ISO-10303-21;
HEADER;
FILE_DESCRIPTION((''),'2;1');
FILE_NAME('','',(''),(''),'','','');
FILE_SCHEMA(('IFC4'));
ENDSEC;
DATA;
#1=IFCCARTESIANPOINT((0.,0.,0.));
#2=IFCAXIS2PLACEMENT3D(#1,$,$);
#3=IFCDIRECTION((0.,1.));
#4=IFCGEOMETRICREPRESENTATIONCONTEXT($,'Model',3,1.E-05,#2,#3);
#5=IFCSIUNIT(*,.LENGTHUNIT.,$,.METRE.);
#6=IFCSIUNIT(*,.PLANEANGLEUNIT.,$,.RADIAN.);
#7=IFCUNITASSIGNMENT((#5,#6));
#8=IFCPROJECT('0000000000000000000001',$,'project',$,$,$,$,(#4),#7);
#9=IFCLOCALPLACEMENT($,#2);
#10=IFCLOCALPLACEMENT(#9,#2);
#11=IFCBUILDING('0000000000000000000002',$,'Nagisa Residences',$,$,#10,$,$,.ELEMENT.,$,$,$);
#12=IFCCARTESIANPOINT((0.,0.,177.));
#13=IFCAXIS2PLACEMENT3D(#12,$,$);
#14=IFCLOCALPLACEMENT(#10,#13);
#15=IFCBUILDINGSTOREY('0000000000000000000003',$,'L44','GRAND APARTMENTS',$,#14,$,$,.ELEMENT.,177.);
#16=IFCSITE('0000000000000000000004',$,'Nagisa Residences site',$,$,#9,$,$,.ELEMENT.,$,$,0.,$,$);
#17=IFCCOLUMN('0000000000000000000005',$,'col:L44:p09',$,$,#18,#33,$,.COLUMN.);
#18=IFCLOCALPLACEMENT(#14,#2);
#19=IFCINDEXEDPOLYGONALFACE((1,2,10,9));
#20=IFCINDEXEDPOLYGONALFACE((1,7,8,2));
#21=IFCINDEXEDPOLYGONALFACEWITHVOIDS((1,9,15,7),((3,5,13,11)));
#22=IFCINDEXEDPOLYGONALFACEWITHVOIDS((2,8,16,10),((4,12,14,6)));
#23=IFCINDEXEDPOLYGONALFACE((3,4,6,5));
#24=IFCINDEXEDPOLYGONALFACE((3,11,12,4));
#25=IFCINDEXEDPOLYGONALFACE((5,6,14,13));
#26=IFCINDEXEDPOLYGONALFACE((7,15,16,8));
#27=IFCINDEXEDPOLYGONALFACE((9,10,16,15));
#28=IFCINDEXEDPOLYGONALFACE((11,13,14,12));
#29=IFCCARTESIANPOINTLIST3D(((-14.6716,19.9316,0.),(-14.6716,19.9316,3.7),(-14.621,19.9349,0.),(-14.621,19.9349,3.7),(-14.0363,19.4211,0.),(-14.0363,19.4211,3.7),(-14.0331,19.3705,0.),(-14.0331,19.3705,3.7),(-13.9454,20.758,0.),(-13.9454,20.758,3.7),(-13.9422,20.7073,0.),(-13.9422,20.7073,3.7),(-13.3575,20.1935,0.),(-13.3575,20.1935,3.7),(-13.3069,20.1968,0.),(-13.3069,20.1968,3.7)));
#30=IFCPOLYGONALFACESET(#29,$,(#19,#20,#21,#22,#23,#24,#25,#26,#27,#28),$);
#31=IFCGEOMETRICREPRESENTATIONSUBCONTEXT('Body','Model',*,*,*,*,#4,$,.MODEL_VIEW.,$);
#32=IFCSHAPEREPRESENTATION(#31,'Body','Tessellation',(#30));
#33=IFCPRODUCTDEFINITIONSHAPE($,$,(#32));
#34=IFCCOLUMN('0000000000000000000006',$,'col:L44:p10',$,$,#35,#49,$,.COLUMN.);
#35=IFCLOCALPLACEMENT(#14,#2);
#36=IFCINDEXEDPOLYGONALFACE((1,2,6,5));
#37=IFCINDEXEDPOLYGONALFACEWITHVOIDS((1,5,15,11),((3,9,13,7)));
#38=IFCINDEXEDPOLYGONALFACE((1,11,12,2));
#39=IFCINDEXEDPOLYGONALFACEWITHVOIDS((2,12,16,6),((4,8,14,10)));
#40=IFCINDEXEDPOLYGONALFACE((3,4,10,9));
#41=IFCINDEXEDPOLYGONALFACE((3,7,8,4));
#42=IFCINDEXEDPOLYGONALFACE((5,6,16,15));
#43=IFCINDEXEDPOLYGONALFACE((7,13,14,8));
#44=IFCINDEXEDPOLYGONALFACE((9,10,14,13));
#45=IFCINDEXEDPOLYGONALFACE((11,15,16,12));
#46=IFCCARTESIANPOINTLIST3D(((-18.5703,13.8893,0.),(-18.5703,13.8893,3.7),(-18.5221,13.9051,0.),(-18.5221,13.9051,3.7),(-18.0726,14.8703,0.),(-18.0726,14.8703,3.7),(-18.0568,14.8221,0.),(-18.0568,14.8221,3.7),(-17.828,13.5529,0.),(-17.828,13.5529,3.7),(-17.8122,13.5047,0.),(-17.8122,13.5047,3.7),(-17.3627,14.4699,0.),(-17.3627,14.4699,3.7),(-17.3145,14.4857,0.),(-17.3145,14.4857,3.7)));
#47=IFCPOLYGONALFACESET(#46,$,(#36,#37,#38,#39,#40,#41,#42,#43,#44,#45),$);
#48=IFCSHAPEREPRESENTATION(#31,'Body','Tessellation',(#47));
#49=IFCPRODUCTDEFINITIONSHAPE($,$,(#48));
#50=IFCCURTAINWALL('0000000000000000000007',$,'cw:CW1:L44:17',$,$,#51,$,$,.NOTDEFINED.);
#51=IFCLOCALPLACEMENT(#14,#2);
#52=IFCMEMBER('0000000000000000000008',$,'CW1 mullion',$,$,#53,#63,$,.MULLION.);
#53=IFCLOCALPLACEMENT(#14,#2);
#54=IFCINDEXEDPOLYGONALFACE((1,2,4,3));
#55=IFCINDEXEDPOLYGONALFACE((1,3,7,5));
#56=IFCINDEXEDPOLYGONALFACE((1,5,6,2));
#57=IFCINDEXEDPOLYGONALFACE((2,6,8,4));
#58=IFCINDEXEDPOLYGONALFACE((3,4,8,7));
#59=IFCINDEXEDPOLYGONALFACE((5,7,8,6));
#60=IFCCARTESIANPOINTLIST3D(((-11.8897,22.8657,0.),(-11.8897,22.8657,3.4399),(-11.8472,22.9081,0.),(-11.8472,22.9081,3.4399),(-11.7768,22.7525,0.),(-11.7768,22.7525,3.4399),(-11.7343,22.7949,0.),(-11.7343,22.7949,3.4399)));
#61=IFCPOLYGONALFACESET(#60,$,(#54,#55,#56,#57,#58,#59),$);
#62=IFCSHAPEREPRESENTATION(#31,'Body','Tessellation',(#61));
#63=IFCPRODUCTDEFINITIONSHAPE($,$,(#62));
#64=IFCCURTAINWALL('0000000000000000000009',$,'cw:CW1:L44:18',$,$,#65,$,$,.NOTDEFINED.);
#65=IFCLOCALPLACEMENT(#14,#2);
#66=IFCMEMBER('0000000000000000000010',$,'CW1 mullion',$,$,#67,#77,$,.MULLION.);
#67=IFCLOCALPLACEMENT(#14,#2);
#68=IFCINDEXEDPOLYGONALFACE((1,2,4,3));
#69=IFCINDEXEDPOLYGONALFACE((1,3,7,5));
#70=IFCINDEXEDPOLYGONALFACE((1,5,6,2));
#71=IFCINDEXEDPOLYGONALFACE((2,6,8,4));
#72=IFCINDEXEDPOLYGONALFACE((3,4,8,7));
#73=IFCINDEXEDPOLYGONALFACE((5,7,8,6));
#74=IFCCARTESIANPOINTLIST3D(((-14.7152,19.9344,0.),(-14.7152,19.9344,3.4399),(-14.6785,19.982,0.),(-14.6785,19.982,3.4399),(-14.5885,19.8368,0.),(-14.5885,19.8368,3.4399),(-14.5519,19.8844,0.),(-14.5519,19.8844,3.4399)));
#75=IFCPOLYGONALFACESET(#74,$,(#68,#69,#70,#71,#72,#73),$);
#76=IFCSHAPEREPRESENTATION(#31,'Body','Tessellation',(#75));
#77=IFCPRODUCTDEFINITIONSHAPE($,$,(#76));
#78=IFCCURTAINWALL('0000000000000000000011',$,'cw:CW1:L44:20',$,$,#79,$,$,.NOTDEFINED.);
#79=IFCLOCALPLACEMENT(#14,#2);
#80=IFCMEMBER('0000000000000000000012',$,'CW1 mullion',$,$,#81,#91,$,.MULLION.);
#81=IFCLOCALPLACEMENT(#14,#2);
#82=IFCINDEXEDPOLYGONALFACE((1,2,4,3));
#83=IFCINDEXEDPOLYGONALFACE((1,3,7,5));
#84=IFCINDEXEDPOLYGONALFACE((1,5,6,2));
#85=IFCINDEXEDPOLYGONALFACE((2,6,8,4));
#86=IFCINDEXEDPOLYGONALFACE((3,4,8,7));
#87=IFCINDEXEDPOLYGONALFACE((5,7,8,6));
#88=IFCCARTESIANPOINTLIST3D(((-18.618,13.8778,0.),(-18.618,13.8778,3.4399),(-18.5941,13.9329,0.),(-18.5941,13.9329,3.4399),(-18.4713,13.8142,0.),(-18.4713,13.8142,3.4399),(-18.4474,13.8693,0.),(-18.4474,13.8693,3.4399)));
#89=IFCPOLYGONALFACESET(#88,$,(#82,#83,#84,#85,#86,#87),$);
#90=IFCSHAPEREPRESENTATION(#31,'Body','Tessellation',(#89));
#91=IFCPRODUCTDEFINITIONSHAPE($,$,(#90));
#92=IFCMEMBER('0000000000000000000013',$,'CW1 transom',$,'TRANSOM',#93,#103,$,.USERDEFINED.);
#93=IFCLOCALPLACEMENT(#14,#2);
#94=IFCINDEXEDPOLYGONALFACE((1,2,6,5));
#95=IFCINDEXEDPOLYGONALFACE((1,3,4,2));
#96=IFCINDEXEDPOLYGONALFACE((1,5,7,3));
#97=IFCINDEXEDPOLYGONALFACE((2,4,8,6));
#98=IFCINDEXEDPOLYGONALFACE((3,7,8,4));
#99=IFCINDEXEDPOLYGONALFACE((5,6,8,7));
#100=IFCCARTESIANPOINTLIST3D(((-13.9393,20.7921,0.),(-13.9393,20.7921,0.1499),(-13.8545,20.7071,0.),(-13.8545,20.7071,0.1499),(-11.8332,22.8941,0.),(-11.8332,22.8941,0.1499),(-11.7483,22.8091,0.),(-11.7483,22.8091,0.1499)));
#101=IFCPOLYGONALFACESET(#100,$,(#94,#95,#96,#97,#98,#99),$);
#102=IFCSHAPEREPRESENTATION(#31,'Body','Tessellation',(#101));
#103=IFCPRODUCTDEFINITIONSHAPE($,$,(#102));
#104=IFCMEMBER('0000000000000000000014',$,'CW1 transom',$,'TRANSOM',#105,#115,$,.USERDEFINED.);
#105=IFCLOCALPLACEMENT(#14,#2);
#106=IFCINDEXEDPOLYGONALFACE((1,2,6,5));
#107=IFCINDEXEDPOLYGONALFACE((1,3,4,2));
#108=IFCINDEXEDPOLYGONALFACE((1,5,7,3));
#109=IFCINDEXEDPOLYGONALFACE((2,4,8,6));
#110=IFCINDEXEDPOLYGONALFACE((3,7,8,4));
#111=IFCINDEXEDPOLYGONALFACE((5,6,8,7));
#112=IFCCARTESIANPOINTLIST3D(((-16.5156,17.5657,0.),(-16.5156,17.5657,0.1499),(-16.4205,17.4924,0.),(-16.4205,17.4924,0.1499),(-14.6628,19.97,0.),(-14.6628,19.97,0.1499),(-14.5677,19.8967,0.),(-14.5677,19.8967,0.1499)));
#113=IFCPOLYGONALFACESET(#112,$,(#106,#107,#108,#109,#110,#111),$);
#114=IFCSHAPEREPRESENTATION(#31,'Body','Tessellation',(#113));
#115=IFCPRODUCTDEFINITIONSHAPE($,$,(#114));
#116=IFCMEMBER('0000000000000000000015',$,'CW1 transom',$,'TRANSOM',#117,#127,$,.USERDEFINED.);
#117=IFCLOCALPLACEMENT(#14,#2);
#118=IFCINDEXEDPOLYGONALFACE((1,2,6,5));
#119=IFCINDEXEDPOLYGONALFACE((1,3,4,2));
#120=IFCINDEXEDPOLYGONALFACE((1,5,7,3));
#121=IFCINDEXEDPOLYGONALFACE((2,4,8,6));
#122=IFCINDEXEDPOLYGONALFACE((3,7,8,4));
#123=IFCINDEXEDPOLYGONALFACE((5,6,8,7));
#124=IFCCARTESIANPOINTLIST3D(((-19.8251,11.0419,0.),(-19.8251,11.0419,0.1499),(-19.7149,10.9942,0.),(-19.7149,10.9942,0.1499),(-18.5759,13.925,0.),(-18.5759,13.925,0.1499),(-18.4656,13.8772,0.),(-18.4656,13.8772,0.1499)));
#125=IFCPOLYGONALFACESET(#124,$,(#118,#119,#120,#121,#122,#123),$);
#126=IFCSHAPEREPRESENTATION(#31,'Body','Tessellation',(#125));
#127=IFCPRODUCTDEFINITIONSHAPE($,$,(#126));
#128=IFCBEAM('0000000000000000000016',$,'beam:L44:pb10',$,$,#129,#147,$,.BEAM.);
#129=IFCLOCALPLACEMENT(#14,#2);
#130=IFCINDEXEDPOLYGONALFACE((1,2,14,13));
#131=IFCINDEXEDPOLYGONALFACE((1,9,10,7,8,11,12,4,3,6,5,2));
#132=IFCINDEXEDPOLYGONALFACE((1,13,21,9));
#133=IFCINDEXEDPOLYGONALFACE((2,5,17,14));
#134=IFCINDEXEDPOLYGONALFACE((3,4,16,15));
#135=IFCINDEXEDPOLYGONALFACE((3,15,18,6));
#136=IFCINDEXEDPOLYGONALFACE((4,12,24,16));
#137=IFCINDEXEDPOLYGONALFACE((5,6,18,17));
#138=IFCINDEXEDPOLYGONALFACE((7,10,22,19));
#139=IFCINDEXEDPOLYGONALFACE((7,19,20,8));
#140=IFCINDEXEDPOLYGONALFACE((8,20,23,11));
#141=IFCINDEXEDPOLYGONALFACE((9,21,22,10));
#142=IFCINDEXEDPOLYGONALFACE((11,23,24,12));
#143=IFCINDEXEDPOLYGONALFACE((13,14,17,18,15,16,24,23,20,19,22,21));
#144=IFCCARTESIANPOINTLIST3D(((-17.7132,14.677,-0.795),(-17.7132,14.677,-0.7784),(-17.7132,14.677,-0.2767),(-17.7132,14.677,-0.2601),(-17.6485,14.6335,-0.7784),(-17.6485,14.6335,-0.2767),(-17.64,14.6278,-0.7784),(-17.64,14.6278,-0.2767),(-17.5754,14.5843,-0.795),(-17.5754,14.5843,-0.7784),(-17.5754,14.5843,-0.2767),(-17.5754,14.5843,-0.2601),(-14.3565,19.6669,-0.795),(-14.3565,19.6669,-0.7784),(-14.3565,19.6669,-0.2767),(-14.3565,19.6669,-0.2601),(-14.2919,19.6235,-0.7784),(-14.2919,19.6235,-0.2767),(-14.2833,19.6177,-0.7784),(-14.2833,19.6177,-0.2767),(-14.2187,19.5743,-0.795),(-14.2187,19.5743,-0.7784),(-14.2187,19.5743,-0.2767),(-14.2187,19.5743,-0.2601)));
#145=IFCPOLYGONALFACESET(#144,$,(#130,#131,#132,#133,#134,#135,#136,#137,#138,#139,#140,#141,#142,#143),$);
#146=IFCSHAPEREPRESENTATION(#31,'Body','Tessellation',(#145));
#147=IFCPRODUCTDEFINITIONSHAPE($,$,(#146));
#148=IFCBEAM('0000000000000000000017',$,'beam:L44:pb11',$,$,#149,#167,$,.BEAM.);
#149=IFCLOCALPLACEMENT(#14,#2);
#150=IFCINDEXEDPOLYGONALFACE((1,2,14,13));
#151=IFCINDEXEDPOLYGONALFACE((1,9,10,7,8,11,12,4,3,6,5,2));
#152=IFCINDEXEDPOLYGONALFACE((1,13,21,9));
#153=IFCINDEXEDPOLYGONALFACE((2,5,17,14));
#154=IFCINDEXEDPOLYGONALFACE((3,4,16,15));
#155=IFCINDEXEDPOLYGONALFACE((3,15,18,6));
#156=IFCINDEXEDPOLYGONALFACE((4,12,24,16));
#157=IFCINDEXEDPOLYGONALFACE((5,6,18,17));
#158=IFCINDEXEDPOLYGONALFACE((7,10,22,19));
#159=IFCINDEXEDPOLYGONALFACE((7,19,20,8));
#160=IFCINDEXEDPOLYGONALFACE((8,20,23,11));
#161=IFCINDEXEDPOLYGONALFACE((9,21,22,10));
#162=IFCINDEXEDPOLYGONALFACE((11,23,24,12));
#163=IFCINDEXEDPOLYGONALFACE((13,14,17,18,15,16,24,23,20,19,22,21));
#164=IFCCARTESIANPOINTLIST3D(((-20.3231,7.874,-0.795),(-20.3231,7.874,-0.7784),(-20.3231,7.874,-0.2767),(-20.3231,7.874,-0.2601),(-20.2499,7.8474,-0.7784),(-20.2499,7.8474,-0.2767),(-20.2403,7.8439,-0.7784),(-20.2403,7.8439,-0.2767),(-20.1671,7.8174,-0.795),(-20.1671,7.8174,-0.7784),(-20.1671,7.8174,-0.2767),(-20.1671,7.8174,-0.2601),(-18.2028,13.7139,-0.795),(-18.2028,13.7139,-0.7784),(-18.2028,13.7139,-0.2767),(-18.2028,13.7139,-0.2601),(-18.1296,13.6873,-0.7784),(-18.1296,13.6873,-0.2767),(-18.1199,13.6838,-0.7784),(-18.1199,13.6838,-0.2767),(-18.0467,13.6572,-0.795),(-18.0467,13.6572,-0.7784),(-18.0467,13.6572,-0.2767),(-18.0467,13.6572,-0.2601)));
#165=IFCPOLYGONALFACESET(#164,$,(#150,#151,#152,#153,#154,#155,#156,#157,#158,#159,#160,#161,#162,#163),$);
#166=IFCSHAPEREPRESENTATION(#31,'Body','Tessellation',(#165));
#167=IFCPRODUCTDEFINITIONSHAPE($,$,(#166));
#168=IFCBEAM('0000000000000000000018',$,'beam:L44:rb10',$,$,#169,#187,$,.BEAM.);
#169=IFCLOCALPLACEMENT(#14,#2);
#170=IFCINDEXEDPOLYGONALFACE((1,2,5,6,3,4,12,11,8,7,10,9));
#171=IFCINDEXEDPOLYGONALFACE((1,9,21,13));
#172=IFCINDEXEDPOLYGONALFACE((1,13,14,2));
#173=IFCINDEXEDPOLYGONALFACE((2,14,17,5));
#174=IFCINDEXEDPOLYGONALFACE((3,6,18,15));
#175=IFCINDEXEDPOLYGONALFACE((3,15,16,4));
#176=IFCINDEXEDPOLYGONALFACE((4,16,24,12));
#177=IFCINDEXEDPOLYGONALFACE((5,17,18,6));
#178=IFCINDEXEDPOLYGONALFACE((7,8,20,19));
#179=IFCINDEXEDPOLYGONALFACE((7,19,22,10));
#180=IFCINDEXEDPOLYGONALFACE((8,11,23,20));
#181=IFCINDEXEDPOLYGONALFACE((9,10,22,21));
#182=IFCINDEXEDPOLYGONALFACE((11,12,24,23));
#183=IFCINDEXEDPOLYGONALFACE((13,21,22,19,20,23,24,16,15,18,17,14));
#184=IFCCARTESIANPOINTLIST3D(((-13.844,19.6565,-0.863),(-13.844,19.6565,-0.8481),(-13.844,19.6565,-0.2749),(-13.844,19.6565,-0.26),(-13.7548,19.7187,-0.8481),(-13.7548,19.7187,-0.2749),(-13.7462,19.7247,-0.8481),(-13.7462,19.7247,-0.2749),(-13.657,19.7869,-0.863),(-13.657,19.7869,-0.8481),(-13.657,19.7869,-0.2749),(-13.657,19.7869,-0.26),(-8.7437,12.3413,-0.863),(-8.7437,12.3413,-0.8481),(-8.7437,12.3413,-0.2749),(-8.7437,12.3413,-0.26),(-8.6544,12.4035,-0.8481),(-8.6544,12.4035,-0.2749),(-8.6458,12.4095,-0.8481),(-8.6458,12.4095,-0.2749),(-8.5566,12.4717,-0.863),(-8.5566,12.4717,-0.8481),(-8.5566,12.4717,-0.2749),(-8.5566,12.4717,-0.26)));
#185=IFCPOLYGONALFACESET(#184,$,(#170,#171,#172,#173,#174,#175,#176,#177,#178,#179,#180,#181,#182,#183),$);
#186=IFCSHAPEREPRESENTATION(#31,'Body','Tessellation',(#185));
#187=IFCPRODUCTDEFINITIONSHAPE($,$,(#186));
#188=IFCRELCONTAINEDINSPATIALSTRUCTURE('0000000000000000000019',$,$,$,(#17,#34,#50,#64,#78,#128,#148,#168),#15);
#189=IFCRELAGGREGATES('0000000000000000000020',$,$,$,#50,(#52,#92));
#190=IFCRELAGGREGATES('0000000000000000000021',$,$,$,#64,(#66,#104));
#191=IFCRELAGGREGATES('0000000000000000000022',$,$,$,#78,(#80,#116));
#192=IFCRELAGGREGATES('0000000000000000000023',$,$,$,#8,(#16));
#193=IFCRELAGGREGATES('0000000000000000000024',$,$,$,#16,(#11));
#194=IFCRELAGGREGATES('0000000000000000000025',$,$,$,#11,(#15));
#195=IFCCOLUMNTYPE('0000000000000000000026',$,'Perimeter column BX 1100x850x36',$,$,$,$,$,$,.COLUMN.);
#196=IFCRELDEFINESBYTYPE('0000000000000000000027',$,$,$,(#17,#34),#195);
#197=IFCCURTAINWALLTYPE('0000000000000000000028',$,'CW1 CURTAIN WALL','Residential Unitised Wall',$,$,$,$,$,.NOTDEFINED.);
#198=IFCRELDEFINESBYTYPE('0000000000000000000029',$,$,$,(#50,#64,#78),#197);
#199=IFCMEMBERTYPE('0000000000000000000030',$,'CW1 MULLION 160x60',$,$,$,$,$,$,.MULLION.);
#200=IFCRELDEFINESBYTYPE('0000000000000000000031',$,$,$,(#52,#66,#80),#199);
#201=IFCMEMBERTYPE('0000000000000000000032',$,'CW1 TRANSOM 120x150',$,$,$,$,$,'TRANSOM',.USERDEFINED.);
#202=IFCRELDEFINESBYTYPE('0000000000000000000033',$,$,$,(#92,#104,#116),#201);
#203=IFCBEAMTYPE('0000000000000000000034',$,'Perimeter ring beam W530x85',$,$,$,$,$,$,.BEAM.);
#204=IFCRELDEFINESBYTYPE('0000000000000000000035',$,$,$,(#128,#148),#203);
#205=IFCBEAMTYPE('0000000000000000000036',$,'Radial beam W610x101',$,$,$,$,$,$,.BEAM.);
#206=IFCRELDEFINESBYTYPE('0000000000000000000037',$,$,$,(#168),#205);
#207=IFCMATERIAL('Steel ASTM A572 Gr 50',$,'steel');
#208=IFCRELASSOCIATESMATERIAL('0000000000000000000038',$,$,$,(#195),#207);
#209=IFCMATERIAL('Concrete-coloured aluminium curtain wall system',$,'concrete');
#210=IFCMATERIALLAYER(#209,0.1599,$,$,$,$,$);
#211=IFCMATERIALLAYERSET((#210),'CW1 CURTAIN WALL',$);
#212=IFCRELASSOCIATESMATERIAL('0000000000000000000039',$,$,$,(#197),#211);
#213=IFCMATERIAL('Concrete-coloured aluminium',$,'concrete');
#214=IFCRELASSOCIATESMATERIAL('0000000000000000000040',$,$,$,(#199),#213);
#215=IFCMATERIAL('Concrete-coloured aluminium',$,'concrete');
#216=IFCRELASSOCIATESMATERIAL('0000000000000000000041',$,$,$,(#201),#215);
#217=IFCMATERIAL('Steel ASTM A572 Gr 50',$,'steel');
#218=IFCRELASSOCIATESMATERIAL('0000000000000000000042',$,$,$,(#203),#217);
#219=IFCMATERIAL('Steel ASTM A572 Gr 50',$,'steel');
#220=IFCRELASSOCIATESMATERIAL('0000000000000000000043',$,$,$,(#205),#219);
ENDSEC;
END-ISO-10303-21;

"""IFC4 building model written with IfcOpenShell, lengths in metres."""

from ifc_helpers import new_model, si_unit, direction, frame, origin, origin_2d, place, context, subcontext, project, spatial, rectangle, hollow_rectangle, i_section, extrude, material, layer, layer_set, material_profile, profile_set, type_object, element, aggregate, save


model = new_model("IFC4")

# Units and contexts
model_context = context("Model", 3, precision=1e-05, world=origin(), true_north=direction((0.0, 1.0)))
body_context = subcontext(model_context, "Body", "Model", "MODEL_VIEW")
ifc_project = project(units=[si_unit("LENGTHUNIT", "METRE"), si_unit("PLANEANGLEUNIT", "RADIAN")], contexts=[model_context])

# Site, building, storey
site_placement = place(None, origin())
site = spatial("IfcSite", under=ifc_project, at=site_placement, Name="Nagisa Residences site", CompositionType="ELEMENT", RefElevation=0.0)
building_placement = place(site_placement, origin())
building = spatial("IfcBuilding", under=site, at=building_placement, Name="Nagisa Residences", CompositionType="ELEMENT")
storey_placement = place(building_placement, frame((0.0, 0.0, 177.0)))
storey = spatial("IfcBuildingStorey", under=building, at=storey_placement, Name="L44", Description="GRAND APARTMENTS", CompositionType="ELEMENT", Elevation=177.0)

# Columns
ifc_material_1 = material(Name="Steel ASTM A572 Gr 50", Category="steel")
ifc_material_profile_1 = material_profile(ifc_material_1, hollow_rectangle(XDim=1.1001, YDim=0.8501, WallThickness=0.0359, at=origin_2d()), Name="BX 1100x850x36")
ifc_profile_set_1 = profile_set([ifc_material_profile_1], Name="Steel ASTM A572 Gr 50")
column_type = type_object("IfcColumnType", Name="Perimeter column BX 1100x850x36", PredefinedType="COLUMN", material=ifc_profile_set_1)
for number, where, z_axis, x_axis, name in (
    (1, (-13.9893, 20.0642, 0.0), (0.0, 0.0, 1.0), (-0.660115, -0.751165, 0.0), "col:L44:p09"),
    (2, (-17.9424, 14.1875, 0.0), (0.0, 0.0, 1.0), (-0.452463, -0.891783, 0.0), "col:L44:p10"),
):
    element("IfcColumn", number, at=place(storey_placement, frame(where, z_axis=z_axis, x_axis=x_axis)), inside=storey, type_object=column_type, Name=name, PredefinedType="COLUMN", context=body_context, shape_type="SweptSolid", body=[
        extrude(hollow_rectangle(XDim=1.1001, YDim=0.8501, WallThickness=0.0359, at=origin_2d()), origin(), (0.0, 0.0, 1.0), 3.7),
    ])

# Curtain walls, members
ifc_material_2 = material(Name="Concrete-coloured aluminium curtain wall system", Category="concrete")
ifc_layer_1 = layer(ifc_material_2, 0.1599)
ifc_layer_set_1 = layer_set([ifc_layer_1], Name="CW1 CURTAIN WALL")
curtain_wall_type = type_object("IfcCurtainWallType", Name="CW1 CURTAIN WALL", Description="Residential Unitised Wall", PredefinedType="NOTDEFINED", material=ifc_layer_set_1)
curtain_wall_1_placement = place(storey_placement, origin())
curtain_wall_1 = element("IfcCurtainWall", 3, at=curtain_wall_1_placement, inside=storey, type_object=curtain_wall_type, Name="cw:CW1:L44:17", PredefinedType="NOTDEFINED")
ifc_material_3 = material(Name="Concrete-coloured aluminium", Category="concrete")
ifc_material_profile_2 = material_profile(ifc_material_3, rectangle(XDim=0.1599, YDim=0.0601, at=origin_2d()), Name="CW1 MULLION 160x60")
ifc_profile_set_2 = profile_set([ifc_material_profile_2], Name="Concrete-coloured aluminium")
member_type_1 = type_object("IfcMemberType", Name="CW1 MULLION 160x60", PredefinedType="MULLION", material=ifc_profile_set_2)
member_1_placement = place(storey_placement, frame((-11.812, 22.8303, 0.0), z_axis=(0.0, 0.0, 1.0), x_axis=(0.706377, -0.707836, 0.0)))
member_1 = element("IfcMember", 4, at=member_1_placement, type_object=member_type_1, Name="CW1 mullion", PredefinedType="MULLION", context=body_context, shape_type="SweptSolid", body=[
    extrude(rectangle(XDim=0.1599, YDim=0.0601, at=origin_2d()), origin(), (0.0, 0.0, 1.0), 3.4399),
])
curtain_wall_2_placement = place(storey_placement, origin())
curtain_wall_2 = element("IfcCurtainWall", 5, at=curtain_wall_2_placement, inside=storey, type_object=curtain_wall_type, Name="cw:CW1:L44:18", PredefinedType="NOTDEFINED")
member_2_placement = place(storey_placement, frame((-14.6335, 19.9094, 0.0), z_axis=(0.0, 0.0, 1.0), x_axis=(0.79207, -0.61043, 0.0)))
member_2 = element("IfcMember", 6, at=member_2_placement, type_object=member_type_1, Name="CW1 mullion", PredefinedType="MULLION", context=body_context, shape_type="SweptSolid", body=[
    extrude(rectangle(XDim=0.1599, YDim=0.0601, at=origin_2d()), origin(), (0.0, 0.0, 1.0), 3.4399),
])
curtain_wall_3_placement = place(storey_placement, origin())
curtain_wall_3 = element("IfcCurtainWall", 7, at=curtain_wall_3_placement, inside=storey, type_object=curtain_wall_type, Name="cw:CW1:L44:20", PredefinedType="NOTDEFINED")
member_3_placement = place(storey_placement, frame((-18.5327, 13.8735, 0.0), z_axis=(0.0, 0.0, 1.0), x_axis=(0.917543, -0.397636, 0.0)))
member_3 = element("IfcMember", 8, at=member_3_placement, type_object=member_type_1, Name="CW1 mullion", PredefinedType="MULLION", context=body_context, shape_type="SweptSolid", body=[
    extrude(rectangle(XDim=0.1599, YDim=0.0601, at=origin_2d()), origin(), (0.0, 0.0, 1.0), 3.4399),
])

# Members
ifc_material_4 = material(Name="Concrete-coloured aluminium", Category="concrete")
ifc_material_profile_3 = material_profile(ifc_material_4, rectangle(XDim=0.1201, YDim=0.1499, at=origin_2d()), Name="CW1 TRANSOM 120x150")
ifc_profile_set_3 = profile_set([ifc_material_profile_3], Name="Concrete-coloured aluminium")
member_type_2 = type_object("IfcMemberType", Name="CW1 TRANSOM 120x150", ElementType="TRANSOM", PredefinedType="USERDEFINED", material=ifc_profile_set_3)
member_4_placement = place(storey_placement, frame((-11.7908, 22.8516, 0.075), z_axis=(-0.707804, -0.706409, 0.0), x_axis=(0.706409, -0.707804, 0.0)))
member_4 = element("IfcMember", 9, at=member_4_placement, type_object=member_type_2, Name="CW1 transom", ObjectType="TRANSOM", PredefinedType="USERDEFINED", context=body_context, shape_type="SweptSolid", body=[
    extrude(rectangle(XDim=0.1201, YDim=0.1499, at=origin_2d()), origin(), (0.0, 0.0, 1.0), 2.9756),
])
member_5_placement = place(storey_placement, frame((-14.6152, 19.9333, 0.075), z_axis=(-0.610399, -0.792094, 0.0), x_axis=(0.792094, -0.610399, 0.0)))
member_5 = element("IfcMember", 10, at=member_5_placement, type_object=member_type_2, Name="CW1 transom", ObjectType="TRANSOM", PredefinedType="USERDEFINED", context=body_context, shape_type="SweptSolid", body=[
    extrude(rectangle(XDim=0.1201, YDim=0.1499, at=origin_2d()), origin(), (0.0, 0.0, 1.0), 3.0354),
])
member_6_placement = place(storey_placement, frame((-18.5208, 13.9011, 0.075), z_axis=(-0.397592, -0.917562, 0.0), x_axis=(0.917562, -0.397592, 0.0)))
member_6 = element("IfcMember", 11, at=member_6_placement, type_object=member_type_2, Name="CW1 transom", ObjectType="TRANSOM", PredefinedType="USERDEFINED", context=body_context, shape_type="SweptSolid", body=[
    extrude(rectangle(XDim=0.1201, YDim=0.1499, at=origin_2d()), origin(), (0.0, 0.0, 1.0), 3.1421),
])

# Beams
ifc_material_5 = material(Name="Steel ASTM A572 Gr 50", Category="steel")
ifc_material_profile_4 = material_profile(ifc_material_5, i_section(OverallWidth=0.166, OverallDepth=0.5349, WebThickness=0.0103, FlangeThickness=0.0166, at=origin_2d()), Name="W530x85")
ifc_profile_set_4 = profile_set([ifc_material_profile_4], Name="Steel ASTM A572 Gr 50")
beam_type_1 = type_object("IfcBeamType", Name="Perimeter ring beam W530x85", PredefinedType="BEAM", material=ifc_profile_set_4)
beam_1_placement = place(storey_placement, frame((-14.2876, 19.6206, -0.5276), z_axis=(-0.558152, -0.829739, 0.0), x_axis=(0.829739, -0.558152, 0.0)))
element("IfcBeam", 12, at=beam_1_placement, inside=storey, type_object=beam_type_1, Name="beam:L44:pb10", PredefinedType="BEAM", context=body_context, shape_type="SweptSolid", body=[
    extrude(i_section(OverallWidth=0.166, OverallDepth=0.5349, WebThickness=0.0103, FlangeThickness=0.0166, at=origin_2d()), origin(), (0.0, 0.0, 1.0), 6.0139),
])
beam_2_placement = place(storey_placement, frame((-18.1248, 13.6855, -0.5276), z_axis=(-0.341286, -0.93996, 0.0), x_axis=(0.93996, -0.341286, 0.0)))
element("IfcBeam", 13, at=beam_2_placement, inside=storey, type_object=beam_type_1, Name="beam:L44:pb11", PredefinedType="BEAM", context=body_context, shape_type="SweptSolid", body=[
    extrude(i_section(OverallWidth=0.166, OverallDepth=0.5349, WebThickness=0.0103, FlangeThickness=0.0166, at=origin_2d()), origin(), (0.0, 0.0, 1.0), 6.2129),
])
ifc_material_6 = material(Name="Steel ASTM A572 Gr 50", Category="steel")
ifc_material_profile_5 = material_profile(ifc_material_6, i_section(OverallWidth=0.228, OverallDepth=0.603, WebThickness=0.0105, FlangeThickness=0.0149, at=origin_2d()), Name="W610x101")
ifc_profile_set_5 = profile_set([ifc_material_profile_5], Name="Steel ASTM A572 Gr 50")
beam_type_2 = type_object("IfcBeamType", Name="Radial beam W610x101", PredefinedType="BEAM", material=ifc_profile_set_5)
beam_3_placement = place(storey_placement, frame((-13.7505, 19.7217, -0.5615), z_axis=(0.571934, -0.820299, 0.0), x_axis=(0.820299, 0.571934, 0.0)))
element("IfcBeam", 14, at=beam_3_placement, inside=storey, type_object=beam_type_2, Name="beam:L44:rb10", PredefinedType="BEAM", context=body_context, shape_type="SweptSolid", body=[
    extrude(i_section(OverallWidth=0.228, OverallDepth=0.603, WebThickness=0.0105, FlangeThickness=0.0149, at=origin_2d()), origin(), (0.0, 0.0, 1.0), 8.9177),
])

aggregate(curtain_wall_1, [member_1, member_4])
aggregate(curtain_wall_2, [member_2, member_5])
aggregate(curtain_wall_3, [member_3, member_6])

save(model, "model.ifc")
